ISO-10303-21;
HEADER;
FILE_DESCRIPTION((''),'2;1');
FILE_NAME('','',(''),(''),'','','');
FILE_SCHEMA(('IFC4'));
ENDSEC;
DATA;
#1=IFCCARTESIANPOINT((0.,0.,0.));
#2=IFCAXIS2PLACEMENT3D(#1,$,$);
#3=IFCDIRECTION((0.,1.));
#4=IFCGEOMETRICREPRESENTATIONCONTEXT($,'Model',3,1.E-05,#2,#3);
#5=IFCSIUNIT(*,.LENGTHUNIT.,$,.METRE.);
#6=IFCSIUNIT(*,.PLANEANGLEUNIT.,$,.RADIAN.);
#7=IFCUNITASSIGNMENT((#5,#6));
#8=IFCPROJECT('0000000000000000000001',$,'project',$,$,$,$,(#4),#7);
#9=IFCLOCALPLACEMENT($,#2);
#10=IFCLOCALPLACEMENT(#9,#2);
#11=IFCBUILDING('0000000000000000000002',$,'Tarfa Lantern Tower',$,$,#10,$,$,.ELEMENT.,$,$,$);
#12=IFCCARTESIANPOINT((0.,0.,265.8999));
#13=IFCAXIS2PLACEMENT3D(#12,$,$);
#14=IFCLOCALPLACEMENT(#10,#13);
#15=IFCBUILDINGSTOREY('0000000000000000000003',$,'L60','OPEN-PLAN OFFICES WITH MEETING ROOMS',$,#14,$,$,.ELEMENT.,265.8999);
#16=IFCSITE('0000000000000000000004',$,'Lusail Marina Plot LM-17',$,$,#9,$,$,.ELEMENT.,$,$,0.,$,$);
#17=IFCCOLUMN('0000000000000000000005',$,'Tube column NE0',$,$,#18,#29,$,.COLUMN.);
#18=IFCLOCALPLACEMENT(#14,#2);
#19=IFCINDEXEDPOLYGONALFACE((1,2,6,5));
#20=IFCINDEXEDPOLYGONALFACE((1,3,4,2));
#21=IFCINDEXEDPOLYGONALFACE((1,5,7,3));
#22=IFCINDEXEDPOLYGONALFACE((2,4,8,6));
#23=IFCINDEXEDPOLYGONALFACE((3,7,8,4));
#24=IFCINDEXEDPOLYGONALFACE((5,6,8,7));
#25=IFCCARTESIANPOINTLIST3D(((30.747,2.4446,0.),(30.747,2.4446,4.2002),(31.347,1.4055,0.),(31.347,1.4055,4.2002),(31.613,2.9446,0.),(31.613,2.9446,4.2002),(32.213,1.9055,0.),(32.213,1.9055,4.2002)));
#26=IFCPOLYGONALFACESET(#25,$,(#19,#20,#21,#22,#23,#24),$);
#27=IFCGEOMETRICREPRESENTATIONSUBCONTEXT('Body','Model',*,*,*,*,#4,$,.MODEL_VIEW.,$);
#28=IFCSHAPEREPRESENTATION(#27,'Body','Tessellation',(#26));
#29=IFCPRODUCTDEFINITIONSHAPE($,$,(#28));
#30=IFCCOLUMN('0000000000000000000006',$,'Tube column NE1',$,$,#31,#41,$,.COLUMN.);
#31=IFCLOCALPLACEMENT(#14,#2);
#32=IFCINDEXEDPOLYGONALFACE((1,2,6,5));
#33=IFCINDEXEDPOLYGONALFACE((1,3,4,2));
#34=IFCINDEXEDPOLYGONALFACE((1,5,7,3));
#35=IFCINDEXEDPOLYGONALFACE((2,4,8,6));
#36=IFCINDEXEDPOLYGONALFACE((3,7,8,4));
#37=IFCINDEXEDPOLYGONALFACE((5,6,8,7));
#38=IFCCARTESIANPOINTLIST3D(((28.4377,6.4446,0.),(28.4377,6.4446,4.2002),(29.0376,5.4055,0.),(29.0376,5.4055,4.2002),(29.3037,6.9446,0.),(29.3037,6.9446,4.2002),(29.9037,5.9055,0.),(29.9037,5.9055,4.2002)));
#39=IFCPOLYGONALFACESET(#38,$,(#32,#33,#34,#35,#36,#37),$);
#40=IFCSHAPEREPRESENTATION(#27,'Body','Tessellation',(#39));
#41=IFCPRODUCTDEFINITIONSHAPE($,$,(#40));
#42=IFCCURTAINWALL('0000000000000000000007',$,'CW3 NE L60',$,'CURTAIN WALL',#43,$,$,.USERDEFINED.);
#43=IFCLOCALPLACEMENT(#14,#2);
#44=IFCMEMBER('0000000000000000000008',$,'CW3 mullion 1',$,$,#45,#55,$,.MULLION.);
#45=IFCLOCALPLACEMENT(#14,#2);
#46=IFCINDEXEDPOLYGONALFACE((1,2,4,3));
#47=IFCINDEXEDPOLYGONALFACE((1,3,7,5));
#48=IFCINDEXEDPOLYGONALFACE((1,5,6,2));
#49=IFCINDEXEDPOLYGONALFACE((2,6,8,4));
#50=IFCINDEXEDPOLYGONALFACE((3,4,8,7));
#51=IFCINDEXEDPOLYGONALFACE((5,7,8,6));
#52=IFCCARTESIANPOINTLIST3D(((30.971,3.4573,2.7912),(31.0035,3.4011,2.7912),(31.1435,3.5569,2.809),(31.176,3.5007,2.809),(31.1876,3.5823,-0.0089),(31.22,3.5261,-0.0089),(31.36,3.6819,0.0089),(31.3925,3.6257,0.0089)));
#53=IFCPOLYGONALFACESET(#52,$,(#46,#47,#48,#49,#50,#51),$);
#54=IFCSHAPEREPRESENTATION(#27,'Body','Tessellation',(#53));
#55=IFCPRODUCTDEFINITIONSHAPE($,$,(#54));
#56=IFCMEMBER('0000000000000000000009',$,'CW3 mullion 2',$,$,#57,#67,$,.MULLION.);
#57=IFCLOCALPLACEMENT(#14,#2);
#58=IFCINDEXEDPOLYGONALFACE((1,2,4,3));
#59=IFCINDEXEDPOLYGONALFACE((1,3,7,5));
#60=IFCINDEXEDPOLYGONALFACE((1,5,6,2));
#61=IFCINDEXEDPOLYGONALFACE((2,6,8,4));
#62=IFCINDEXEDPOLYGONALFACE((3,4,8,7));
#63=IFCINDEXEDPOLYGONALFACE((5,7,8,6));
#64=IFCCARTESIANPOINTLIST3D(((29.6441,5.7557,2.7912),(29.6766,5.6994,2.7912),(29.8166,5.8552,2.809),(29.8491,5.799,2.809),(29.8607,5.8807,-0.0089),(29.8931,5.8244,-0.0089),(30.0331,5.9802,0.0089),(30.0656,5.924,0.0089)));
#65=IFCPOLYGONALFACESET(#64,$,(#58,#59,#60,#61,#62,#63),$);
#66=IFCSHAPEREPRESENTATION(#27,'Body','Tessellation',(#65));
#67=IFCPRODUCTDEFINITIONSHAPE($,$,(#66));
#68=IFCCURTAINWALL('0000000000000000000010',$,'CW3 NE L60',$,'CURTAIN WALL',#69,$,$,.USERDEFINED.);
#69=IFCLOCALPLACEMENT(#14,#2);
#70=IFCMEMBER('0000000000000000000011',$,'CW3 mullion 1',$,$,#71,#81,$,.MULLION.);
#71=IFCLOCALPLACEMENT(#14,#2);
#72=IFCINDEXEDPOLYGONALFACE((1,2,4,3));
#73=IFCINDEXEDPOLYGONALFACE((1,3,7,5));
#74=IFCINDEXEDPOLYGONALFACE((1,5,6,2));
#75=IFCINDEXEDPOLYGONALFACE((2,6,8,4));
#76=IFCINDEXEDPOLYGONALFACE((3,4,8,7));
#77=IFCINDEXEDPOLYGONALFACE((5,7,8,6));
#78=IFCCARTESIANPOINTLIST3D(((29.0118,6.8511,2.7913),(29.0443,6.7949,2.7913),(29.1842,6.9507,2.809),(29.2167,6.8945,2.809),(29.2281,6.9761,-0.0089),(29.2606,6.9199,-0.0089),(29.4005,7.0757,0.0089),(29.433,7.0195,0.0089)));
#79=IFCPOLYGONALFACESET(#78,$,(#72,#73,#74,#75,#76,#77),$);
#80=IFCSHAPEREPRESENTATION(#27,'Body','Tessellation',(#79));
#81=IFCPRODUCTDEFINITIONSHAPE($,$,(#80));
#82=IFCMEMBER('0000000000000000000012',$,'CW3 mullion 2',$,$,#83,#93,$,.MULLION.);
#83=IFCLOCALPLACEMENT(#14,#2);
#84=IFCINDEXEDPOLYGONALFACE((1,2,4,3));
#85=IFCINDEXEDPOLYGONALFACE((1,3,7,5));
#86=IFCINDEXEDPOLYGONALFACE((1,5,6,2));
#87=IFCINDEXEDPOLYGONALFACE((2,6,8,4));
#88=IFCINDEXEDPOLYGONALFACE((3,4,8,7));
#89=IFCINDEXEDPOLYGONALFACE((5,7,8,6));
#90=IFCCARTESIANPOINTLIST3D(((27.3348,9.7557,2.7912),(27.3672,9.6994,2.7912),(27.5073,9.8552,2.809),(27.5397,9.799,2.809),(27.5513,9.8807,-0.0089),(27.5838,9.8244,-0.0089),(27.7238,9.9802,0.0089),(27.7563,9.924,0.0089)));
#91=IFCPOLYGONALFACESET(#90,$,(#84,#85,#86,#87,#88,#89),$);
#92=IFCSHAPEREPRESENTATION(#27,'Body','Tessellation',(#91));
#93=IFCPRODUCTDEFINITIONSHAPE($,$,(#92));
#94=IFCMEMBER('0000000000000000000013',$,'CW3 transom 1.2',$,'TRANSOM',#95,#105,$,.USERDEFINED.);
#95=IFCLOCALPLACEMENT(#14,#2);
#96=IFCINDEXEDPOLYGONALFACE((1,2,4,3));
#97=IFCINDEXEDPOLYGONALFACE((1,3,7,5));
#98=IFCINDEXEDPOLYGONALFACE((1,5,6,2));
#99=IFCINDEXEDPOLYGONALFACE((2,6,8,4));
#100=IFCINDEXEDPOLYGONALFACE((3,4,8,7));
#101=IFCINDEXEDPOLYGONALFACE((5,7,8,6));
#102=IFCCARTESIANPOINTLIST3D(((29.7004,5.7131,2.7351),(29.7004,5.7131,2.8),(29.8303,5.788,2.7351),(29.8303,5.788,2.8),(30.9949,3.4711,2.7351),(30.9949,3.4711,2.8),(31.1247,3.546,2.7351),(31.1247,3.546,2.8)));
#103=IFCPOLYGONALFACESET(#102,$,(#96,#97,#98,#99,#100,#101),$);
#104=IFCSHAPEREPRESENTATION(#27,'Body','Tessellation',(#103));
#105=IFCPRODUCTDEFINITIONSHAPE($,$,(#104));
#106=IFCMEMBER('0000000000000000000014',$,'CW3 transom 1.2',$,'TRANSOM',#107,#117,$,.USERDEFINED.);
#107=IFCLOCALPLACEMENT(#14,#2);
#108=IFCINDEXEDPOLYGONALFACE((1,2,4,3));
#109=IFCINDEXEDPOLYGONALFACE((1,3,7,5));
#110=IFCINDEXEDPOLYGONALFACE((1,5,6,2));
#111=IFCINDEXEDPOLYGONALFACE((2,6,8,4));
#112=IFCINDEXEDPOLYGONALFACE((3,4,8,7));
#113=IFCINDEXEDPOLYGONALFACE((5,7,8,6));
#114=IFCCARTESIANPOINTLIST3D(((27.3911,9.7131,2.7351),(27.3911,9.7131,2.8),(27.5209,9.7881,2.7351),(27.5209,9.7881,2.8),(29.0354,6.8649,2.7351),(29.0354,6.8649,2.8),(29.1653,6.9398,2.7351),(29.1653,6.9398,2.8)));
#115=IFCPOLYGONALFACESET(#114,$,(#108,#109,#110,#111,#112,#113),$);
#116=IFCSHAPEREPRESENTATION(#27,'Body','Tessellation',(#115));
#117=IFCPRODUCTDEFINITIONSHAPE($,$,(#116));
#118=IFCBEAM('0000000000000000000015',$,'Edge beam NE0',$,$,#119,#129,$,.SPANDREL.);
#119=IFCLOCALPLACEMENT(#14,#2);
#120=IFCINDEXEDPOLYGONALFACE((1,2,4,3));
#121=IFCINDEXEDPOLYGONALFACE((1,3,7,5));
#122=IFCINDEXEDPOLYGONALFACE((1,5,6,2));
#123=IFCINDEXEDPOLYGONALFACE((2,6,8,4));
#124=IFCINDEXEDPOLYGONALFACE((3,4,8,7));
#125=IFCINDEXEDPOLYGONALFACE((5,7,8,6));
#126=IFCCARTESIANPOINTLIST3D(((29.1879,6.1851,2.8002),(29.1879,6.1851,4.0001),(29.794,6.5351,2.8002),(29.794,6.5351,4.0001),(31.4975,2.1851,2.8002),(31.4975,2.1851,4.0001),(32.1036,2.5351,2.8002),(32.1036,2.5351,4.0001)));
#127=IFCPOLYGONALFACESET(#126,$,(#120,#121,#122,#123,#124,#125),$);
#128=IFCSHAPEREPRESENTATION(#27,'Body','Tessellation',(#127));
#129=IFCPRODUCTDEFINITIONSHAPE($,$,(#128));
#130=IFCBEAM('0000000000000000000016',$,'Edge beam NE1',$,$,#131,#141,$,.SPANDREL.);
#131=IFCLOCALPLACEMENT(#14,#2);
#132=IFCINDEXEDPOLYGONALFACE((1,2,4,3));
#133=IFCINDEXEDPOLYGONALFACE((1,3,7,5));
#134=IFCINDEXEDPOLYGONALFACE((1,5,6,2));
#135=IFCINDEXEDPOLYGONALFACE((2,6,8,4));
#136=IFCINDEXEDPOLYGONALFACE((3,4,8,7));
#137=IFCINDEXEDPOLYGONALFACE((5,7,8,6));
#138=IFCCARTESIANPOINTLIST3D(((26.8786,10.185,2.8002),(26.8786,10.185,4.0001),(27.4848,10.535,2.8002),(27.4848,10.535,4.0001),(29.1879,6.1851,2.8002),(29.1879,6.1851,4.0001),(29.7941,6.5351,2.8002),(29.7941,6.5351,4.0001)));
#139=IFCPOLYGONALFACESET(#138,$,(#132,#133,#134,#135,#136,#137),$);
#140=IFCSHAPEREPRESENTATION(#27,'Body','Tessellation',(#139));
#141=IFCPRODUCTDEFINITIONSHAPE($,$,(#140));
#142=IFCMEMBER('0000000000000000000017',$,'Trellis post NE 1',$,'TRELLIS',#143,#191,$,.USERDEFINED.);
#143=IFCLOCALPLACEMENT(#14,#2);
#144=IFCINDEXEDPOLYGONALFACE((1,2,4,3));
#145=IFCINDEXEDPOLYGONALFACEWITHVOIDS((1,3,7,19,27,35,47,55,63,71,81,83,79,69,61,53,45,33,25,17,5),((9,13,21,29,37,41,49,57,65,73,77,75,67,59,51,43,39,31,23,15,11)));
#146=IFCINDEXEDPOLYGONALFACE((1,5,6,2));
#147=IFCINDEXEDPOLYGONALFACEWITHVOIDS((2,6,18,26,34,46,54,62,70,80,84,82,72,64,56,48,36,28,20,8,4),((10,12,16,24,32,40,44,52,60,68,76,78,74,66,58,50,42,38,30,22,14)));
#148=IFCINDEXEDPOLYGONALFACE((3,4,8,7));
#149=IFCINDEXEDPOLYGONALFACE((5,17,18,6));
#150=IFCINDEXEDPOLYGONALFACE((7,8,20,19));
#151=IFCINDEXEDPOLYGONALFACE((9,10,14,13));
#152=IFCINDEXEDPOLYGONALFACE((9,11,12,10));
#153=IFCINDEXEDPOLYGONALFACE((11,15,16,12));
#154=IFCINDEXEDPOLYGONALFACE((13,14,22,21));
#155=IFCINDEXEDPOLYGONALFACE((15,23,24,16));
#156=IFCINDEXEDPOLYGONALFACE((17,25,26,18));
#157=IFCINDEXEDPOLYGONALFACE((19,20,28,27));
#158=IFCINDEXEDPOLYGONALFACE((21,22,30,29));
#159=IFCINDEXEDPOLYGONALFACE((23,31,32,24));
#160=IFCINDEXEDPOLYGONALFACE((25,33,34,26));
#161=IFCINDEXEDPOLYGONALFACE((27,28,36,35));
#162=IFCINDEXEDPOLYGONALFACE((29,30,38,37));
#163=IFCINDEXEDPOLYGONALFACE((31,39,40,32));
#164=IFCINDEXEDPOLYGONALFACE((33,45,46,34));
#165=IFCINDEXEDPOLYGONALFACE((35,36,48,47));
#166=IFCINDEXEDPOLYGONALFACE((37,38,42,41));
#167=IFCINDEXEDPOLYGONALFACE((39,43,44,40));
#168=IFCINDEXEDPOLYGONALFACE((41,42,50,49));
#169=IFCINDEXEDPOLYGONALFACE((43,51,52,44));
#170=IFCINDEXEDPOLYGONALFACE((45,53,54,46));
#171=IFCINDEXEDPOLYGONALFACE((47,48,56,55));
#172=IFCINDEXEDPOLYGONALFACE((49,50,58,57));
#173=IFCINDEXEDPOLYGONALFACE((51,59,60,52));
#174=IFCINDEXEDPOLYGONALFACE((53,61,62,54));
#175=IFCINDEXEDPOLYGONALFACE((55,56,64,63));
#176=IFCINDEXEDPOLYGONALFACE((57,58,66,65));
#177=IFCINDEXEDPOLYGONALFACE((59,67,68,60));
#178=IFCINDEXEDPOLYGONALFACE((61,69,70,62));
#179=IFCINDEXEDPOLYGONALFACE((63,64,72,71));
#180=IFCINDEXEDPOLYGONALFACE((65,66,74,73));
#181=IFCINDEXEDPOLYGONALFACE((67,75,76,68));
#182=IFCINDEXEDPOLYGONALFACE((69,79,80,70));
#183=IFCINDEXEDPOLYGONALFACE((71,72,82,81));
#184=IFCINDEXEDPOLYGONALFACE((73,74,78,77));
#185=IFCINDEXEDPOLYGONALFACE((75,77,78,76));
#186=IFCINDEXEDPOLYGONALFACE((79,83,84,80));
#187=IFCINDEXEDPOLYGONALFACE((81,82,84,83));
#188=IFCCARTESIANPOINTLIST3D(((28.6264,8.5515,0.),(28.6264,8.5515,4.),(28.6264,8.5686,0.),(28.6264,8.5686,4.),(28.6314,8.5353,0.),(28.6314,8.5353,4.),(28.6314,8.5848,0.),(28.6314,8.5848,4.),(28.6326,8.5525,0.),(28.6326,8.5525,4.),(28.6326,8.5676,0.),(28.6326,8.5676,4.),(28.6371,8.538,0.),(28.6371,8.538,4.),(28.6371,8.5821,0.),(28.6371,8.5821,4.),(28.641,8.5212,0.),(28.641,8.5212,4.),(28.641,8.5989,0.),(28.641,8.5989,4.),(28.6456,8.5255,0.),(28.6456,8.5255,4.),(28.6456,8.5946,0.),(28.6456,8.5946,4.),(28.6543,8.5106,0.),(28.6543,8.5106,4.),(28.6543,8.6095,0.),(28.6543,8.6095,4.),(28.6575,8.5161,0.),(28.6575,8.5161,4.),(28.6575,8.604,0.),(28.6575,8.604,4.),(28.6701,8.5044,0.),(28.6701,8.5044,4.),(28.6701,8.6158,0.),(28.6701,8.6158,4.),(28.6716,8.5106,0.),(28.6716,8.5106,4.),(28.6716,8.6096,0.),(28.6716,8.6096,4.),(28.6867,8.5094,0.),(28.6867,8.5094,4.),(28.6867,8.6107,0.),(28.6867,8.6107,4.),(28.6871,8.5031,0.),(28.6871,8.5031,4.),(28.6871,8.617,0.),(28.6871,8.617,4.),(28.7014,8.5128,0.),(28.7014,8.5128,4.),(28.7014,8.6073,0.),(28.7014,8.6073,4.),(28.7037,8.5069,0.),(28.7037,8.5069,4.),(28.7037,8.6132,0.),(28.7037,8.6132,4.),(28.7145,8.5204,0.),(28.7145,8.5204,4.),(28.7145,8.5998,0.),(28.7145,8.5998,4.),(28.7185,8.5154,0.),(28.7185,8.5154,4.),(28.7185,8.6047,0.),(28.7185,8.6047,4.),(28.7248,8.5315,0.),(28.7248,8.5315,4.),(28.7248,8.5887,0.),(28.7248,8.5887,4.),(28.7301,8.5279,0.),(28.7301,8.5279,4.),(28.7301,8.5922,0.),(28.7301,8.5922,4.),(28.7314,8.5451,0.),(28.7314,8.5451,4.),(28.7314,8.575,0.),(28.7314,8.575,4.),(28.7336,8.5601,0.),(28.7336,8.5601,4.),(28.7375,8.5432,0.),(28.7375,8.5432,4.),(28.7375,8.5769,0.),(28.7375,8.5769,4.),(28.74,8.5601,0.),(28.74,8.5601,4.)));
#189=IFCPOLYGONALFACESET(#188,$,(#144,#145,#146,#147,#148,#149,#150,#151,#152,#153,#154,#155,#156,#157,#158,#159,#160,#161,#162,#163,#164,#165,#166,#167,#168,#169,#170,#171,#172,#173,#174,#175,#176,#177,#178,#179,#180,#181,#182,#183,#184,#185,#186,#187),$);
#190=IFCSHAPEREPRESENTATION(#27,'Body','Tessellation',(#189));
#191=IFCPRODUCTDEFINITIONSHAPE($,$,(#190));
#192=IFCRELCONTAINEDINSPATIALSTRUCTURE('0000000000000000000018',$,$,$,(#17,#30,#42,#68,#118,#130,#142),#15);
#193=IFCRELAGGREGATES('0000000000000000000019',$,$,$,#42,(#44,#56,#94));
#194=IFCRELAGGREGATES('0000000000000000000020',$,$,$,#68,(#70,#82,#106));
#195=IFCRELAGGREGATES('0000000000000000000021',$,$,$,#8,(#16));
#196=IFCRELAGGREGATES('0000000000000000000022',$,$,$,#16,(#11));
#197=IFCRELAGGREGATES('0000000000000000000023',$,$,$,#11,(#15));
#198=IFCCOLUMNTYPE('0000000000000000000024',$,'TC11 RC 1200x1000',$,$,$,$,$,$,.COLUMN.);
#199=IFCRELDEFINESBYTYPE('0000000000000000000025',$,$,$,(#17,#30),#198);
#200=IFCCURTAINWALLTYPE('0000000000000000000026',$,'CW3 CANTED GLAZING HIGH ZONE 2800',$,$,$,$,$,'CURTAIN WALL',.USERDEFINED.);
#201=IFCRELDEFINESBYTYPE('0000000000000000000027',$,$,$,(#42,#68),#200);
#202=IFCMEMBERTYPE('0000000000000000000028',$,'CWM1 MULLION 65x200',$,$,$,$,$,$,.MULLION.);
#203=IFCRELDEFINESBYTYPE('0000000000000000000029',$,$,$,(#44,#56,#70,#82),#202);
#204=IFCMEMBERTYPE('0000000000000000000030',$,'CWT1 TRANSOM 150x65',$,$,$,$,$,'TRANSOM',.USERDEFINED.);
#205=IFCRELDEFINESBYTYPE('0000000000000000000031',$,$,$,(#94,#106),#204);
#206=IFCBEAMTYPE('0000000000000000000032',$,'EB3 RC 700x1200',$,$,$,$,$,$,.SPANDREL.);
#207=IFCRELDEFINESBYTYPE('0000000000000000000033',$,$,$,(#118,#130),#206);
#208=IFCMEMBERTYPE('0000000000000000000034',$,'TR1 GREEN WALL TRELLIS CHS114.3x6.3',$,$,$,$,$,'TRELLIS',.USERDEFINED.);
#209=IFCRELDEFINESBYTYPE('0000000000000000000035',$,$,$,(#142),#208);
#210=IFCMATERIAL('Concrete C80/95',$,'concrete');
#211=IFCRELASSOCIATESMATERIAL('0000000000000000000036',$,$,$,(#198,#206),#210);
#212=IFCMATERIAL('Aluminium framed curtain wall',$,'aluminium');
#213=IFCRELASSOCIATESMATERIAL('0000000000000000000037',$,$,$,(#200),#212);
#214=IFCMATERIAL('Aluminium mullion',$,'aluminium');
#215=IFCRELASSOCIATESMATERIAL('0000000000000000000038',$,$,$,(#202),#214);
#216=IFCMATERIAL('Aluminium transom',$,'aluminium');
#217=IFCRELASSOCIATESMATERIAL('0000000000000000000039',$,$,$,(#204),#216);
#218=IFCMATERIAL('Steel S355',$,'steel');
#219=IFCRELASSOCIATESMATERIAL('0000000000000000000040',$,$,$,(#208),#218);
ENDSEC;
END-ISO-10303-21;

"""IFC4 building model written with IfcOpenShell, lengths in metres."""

from ifc_helpers import new_model, si_unit, direction, frame, origin, origin_2d, place, context, subcontext, project, spatial, rectangle, hollow_circle, extrude, material, material_profile, profile_set, type_object, element, aggregate, save


model = new_model("IFC4")

# Units and contexts
model_context = context("Model", 3, precision=1e-05, world=origin(), true_north=direction((0.0, 1.0)))
body_context = subcontext(model_context, "Body", "Model", "MODEL_VIEW")
ifc_project = project(units=[si_unit("LENGTHUNIT", "METRE"), si_unit("PLANEANGLEUNIT", "RADIAN")], contexts=[model_context])

# Site, building, storey
site_placement = place(None, origin())
site = spatial("IfcSite", under=ifc_project, at=site_placement, Name="Lusail Marina Plot LM-17", CompositionType="ELEMENT", RefElevation=0.0)
building_placement = place(site_placement, origin())
building = spatial("IfcBuilding", under=site, at=building_placement, Name="Tarfa Lantern Tower", CompositionType="ELEMENT")
storey_placement = place(building_placement, frame((0.0, 0.0, 265.8999)))
storey = spatial("IfcBuildingStorey", under=building, at=storey_placement, Name="L60", Description="OPEN-PLAN OFFICES WITH MEETING ROOMS", CompositionType="ELEMENT", Elevation=265.8999)

# Columns
ifc_material_1 = material(Name="Concrete C80/95", Category="concrete")
ifc_material_profile_1 = material_profile(ifc_material_1, rectangle(XDim=1.2, YDim=1.0, at=origin_2d()), Name="RC 1200x1000")
ifc_profile_set_1 = profile_set([ifc_material_profile_1], Name="Concrete C80/95")
column_type = type_object("IfcColumnType", Name="TC11 RC 1200x1000", PredefinedType="COLUMN", material=ifc_profile_set_1)
for number, where, z_axis, x_axis, name in (
    (1, (31.48, 2.175, 0.0), (0.0, 0.0, 1.0), (-0.5, 0.866025, 0.0), "Tube column NE0"),
    (2, (29.1707, 6.175, 0.0), (0.0, 0.0, 1.0), (-0.5, 0.866025, 0.0), "Tube column NE1"),
):
    element("IfcColumn", number, at=place(storey_placement, frame(where, z_axis=z_axis, x_axis=x_axis)), inside=storey, type_object=column_type, Name=name, PredefinedType="COLUMN", context=body_context, shape_type="SweptSolid", body=[
        extrude(rectangle(XDim=1.2, YDim=1.0, at=origin_2d()), origin(), (0.0, 0.0, 1.0), 4.2002),
    ])

# Curtain walls, members
ifc_material_2 = material(Name="Aluminium framed curtain wall", Category="aluminium")
curtain_wall_type = type_object("IfcCurtainWallType", Name="CW3 CANTED GLAZING HIGH ZONE 2800", ElementType="CURTAIN WALL", PredefinedType="USERDEFINED", material=ifc_material_2)
curtain_wall_1_placement = place(storey_placement, origin())
curtain_wall_1 = element("IfcCurtainWall", 3, at=curtain_wall_1_placement, inside=storey, type_object=curtain_wall_type, Name="CW3 NE L60", ObjectType="CURTAIN WALL", PredefinedType="USERDEFINED")
ifc_material_3 = material(Name="Aluminium mullion", Category="aluminium")
ifc_material_profile_2 = material_profile(ifc_material_3, rectangle(XDim=0.0649, YDim=0.2, at=origin_2d()), Name="AL MULLION 65x200")
ifc_profile_set_2 = profile_set([ifc_material_profile_2], Name="Aluminium mullion")
member_type_1 = type_object("IfcMemberType", Name="CWM1 MULLION 65x200", PredefinedType="MULLION", material=ifc_profile_set_2)
member_1_placement = place(storey_placement, frame((31.29, 3.604, 0.0), z_axis=(-0.077032, -0.044465, 0.996037), x_axis=(0.49992, -0.866072, 0.0)))
member_1 = element("IfcMember", 4, at=member_1_placement, type_object=member_type_1, Name="CW3 mullion 1", PredefinedType="MULLION", context=body_context, shape_type="SweptSolid", body=[
    extrude(rectangle(XDim=0.0649, YDim=0.2, at=origin_2d()), origin(), (0.0, 0.0, 1.0), 2.8113),
])
member_2_placement = place(storey_placement, frame((29.9631, 5.9023, 0.0), z_axis=(-0.077032, -0.044465, 0.996037), x_axis=(0.49992, -0.866072, 0.0)))
member_2 = element("IfcMember", 5, at=member_2_placement, type_object=member_type_1, Name="CW3 mullion 2", PredefinedType="MULLION", context=body_context, shape_type="SweptSolid", body=[
    extrude(rectangle(XDim=0.0649, YDim=0.2, at=origin_2d()), origin(), (0.0, 0.0, 1.0), 2.8113),
])
curtain_wall_2_placement = place(storey_placement, origin())
curtain_wall_2 = element("IfcCurtainWall", 6, at=curtain_wall_2_placement, inside=storey, type_object=curtain_wall_type, Name="CW3 NE L60", ObjectType="CURTAIN WALL", PredefinedType="USERDEFINED")
member_3_placement = place(storey_placement, frame((29.3306, 6.9978, 0.0), z_axis=(-0.076946, -0.044465, 0.996043), x_axis=(0.500343, -0.865827, 0.0)))
member_3 = element("IfcMember", 7, at=member_3_placement, type_object=member_type_1, Name="CW3 mullion 1", PredefinedType="MULLION", context=body_context, shape_type="SweptSolid", body=[
    extrude(rectangle(XDim=0.0649, YDim=0.2, at=origin_2d()), origin(), (0.0, 0.0, 1.0), 2.8113),
])
member_4_placement = place(storey_placement, frame((27.6538, 9.9023, 0.0), z_axis=(-0.077032, -0.044465, 0.996037), x_axis=(0.49992, -0.866072, 0.0)))
member_4 = element("IfcMember", 8, at=member_4_placement, type_object=member_type_1, Name="CW3 mullion 2", PredefinedType="MULLION", context=body_context, shape_type="SweptSolid", body=[
    extrude(rectangle(XDim=0.0649, YDim=0.2, at=origin_2d()), origin(), (0.0, 0.0, 1.0), 2.8113),
])

# Members
ifc_material_4 = material(Name="Aluminium transom", Category="aluminium")
ifc_material_profile_3 = material_profile(ifc_material_4, rectangle(XDim=0.1499, YDim=0.0649, at=origin_2d()), Name="AL TRANSOM 150x65")
ifc_profile_set_3 = profile_set([ifc_material_profile_3], Name="Aluminium transom")
member_type_2 = type_object("IfcMemberType", Name="CWT1 TRANSOM 150x65", ElementType="TRANSOM", PredefinedType="USERDEFINED", material=ifc_profile_set_3)
member_5_placement = place(storey_placement, frame((31.0598, 3.5085, 2.7676), z_axis=(-0.500014, 0.866018, 0.0), x_axis=(-0.866018, -0.500014, 0.0)))
member_5 = element("IfcMember", 9, at=member_5_placement, type_object=member_type_2, Name="CW3 transom 1.2", ObjectType="TRANSOM", PredefinedType="USERDEFINED", context=body_context, shape_type="SweptSolid", body=[
    extrude(rectangle(XDim=0.1499, YDim=0.0649, at=origin_2d()), origin(), (0.0, 0.0, 1.0), 2.5889),
])
member_6_placement = place(storey_placement, frame((29.1003, 6.9023, 2.7676), z_axis=(-0.499979, 0.866037, 0.0), x_axis=(-0.866037, -0.499979, 0.0)))
member_6 = element("IfcMember", 10, at=member_6_placement, type_object=member_type_2, Name="CW3 transom 1.2", ObjectType="TRANSOM", PredefinedType="USERDEFINED", context=body_context, shape_type="SweptSolid", body=[
    extrude(rectangle(XDim=0.1499, YDim=0.0649, at=origin_2d()), origin(), (0.0, 0.0, 1.0), 3.2888),
])

# Beams
ifc_material_profile_4 = material_profile(ifc_material_1, rectangle(XDim=0.7, YDim=1.2, at=origin_2d()), Name="RC 700x1200")
ifc_profile_set_4 = profile_set([ifc_material_profile_4], Name="Concrete C80/95")
beam_type_1 = type_object("IfcBeamType", Name="EB3 RC 700x1200", PredefinedType="SPANDREL", material=ifc_profile_set_4)
beam_1_placement = place(storey_placement, frame((31.8005, 2.3601, 3.4001), z_axis=(-0.500027, 0.86601, 0.0), x_axis=(-0.86601, -0.500027, 0.0)))
element("IfcBeam", 11, at=beam_1_placement, inside=storey, type_object=beam_type_1, Name="Edge beam NE0", PredefinedType="SPANDREL", context=body_context, shape_type="SweptSolid", body=[
    extrude(rectangle(XDim=0.7, YDim=1.2, at=origin_2d()), origin(), (0.0, 0.0, 1.0), 4.6189),
])
beam_2_placement = place(storey_placement, frame((29.491, 6.3601, 3.4001), z_axis=(-0.499988, 0.866032, 0.0), x_axis=(-0.866032, -0.499988, 0.0)))
element("IfcBeam", 12, at=beam_2_placement, inside=storey, type_object=beam_type_1, Name="Edge beam NE1", PredefinedType="SPANDREL", context=body_context, shape_type="SweptSolid", body=[
    extrude(rectangle(XDim=0.7, YDim=1.2, at=origin_2d()), origin(), (0.0, 0.0, 1.0), 4.6187),
])

# Member
ifc_material_5 = material(Name="Steel S355", Category="steel")
ifc_material_profile_5 = material_profile(ifc_material_5, hollow_circle(Radius=0.0571, WallThickness=0.0063, at=origin_2d()), Name="CHS114.3x6.3")
ifc_profile_set_5 = profile_set([ifc_material_profile_5], Name="Steel S355")
member_type_3 = type_object("IfcMemberType", Name="TR1 GREEN WALL TRELLIS CHS114.3x6.3", ElementType="TRELLIS", PredefinedType="USERDEFINED", material=ifc_profile_set_5)
member_7_placement = place(storey_placement, frame((28.6829, 8.5601, 0.0), z_axis=(0.0, 0.0, 1.0), x_axis=(1.0, 0.0, 0.0)))
element("IfcMember", 13, at=member_7_placement, inside=storey, type_object=member_type_3, Name="Trellis post NE 1", ObjectType="TRELLIS", PredefinedType="USERDEFINED", context=body_context, shape_type="SweptSolid", body=[
    extrude(hollow_circle(Radius=0.0571, WallThickness=0.0063, at=origin_2d()), origin(), (0.0, 0.0, 1.0), 4.0),
])

aggregate(curtain_wall_1, [member_1, member_2, member_5])
aggregate(curtain_wall_2, [member_3, member_4, member_6])

save(model, "model.ifc")
